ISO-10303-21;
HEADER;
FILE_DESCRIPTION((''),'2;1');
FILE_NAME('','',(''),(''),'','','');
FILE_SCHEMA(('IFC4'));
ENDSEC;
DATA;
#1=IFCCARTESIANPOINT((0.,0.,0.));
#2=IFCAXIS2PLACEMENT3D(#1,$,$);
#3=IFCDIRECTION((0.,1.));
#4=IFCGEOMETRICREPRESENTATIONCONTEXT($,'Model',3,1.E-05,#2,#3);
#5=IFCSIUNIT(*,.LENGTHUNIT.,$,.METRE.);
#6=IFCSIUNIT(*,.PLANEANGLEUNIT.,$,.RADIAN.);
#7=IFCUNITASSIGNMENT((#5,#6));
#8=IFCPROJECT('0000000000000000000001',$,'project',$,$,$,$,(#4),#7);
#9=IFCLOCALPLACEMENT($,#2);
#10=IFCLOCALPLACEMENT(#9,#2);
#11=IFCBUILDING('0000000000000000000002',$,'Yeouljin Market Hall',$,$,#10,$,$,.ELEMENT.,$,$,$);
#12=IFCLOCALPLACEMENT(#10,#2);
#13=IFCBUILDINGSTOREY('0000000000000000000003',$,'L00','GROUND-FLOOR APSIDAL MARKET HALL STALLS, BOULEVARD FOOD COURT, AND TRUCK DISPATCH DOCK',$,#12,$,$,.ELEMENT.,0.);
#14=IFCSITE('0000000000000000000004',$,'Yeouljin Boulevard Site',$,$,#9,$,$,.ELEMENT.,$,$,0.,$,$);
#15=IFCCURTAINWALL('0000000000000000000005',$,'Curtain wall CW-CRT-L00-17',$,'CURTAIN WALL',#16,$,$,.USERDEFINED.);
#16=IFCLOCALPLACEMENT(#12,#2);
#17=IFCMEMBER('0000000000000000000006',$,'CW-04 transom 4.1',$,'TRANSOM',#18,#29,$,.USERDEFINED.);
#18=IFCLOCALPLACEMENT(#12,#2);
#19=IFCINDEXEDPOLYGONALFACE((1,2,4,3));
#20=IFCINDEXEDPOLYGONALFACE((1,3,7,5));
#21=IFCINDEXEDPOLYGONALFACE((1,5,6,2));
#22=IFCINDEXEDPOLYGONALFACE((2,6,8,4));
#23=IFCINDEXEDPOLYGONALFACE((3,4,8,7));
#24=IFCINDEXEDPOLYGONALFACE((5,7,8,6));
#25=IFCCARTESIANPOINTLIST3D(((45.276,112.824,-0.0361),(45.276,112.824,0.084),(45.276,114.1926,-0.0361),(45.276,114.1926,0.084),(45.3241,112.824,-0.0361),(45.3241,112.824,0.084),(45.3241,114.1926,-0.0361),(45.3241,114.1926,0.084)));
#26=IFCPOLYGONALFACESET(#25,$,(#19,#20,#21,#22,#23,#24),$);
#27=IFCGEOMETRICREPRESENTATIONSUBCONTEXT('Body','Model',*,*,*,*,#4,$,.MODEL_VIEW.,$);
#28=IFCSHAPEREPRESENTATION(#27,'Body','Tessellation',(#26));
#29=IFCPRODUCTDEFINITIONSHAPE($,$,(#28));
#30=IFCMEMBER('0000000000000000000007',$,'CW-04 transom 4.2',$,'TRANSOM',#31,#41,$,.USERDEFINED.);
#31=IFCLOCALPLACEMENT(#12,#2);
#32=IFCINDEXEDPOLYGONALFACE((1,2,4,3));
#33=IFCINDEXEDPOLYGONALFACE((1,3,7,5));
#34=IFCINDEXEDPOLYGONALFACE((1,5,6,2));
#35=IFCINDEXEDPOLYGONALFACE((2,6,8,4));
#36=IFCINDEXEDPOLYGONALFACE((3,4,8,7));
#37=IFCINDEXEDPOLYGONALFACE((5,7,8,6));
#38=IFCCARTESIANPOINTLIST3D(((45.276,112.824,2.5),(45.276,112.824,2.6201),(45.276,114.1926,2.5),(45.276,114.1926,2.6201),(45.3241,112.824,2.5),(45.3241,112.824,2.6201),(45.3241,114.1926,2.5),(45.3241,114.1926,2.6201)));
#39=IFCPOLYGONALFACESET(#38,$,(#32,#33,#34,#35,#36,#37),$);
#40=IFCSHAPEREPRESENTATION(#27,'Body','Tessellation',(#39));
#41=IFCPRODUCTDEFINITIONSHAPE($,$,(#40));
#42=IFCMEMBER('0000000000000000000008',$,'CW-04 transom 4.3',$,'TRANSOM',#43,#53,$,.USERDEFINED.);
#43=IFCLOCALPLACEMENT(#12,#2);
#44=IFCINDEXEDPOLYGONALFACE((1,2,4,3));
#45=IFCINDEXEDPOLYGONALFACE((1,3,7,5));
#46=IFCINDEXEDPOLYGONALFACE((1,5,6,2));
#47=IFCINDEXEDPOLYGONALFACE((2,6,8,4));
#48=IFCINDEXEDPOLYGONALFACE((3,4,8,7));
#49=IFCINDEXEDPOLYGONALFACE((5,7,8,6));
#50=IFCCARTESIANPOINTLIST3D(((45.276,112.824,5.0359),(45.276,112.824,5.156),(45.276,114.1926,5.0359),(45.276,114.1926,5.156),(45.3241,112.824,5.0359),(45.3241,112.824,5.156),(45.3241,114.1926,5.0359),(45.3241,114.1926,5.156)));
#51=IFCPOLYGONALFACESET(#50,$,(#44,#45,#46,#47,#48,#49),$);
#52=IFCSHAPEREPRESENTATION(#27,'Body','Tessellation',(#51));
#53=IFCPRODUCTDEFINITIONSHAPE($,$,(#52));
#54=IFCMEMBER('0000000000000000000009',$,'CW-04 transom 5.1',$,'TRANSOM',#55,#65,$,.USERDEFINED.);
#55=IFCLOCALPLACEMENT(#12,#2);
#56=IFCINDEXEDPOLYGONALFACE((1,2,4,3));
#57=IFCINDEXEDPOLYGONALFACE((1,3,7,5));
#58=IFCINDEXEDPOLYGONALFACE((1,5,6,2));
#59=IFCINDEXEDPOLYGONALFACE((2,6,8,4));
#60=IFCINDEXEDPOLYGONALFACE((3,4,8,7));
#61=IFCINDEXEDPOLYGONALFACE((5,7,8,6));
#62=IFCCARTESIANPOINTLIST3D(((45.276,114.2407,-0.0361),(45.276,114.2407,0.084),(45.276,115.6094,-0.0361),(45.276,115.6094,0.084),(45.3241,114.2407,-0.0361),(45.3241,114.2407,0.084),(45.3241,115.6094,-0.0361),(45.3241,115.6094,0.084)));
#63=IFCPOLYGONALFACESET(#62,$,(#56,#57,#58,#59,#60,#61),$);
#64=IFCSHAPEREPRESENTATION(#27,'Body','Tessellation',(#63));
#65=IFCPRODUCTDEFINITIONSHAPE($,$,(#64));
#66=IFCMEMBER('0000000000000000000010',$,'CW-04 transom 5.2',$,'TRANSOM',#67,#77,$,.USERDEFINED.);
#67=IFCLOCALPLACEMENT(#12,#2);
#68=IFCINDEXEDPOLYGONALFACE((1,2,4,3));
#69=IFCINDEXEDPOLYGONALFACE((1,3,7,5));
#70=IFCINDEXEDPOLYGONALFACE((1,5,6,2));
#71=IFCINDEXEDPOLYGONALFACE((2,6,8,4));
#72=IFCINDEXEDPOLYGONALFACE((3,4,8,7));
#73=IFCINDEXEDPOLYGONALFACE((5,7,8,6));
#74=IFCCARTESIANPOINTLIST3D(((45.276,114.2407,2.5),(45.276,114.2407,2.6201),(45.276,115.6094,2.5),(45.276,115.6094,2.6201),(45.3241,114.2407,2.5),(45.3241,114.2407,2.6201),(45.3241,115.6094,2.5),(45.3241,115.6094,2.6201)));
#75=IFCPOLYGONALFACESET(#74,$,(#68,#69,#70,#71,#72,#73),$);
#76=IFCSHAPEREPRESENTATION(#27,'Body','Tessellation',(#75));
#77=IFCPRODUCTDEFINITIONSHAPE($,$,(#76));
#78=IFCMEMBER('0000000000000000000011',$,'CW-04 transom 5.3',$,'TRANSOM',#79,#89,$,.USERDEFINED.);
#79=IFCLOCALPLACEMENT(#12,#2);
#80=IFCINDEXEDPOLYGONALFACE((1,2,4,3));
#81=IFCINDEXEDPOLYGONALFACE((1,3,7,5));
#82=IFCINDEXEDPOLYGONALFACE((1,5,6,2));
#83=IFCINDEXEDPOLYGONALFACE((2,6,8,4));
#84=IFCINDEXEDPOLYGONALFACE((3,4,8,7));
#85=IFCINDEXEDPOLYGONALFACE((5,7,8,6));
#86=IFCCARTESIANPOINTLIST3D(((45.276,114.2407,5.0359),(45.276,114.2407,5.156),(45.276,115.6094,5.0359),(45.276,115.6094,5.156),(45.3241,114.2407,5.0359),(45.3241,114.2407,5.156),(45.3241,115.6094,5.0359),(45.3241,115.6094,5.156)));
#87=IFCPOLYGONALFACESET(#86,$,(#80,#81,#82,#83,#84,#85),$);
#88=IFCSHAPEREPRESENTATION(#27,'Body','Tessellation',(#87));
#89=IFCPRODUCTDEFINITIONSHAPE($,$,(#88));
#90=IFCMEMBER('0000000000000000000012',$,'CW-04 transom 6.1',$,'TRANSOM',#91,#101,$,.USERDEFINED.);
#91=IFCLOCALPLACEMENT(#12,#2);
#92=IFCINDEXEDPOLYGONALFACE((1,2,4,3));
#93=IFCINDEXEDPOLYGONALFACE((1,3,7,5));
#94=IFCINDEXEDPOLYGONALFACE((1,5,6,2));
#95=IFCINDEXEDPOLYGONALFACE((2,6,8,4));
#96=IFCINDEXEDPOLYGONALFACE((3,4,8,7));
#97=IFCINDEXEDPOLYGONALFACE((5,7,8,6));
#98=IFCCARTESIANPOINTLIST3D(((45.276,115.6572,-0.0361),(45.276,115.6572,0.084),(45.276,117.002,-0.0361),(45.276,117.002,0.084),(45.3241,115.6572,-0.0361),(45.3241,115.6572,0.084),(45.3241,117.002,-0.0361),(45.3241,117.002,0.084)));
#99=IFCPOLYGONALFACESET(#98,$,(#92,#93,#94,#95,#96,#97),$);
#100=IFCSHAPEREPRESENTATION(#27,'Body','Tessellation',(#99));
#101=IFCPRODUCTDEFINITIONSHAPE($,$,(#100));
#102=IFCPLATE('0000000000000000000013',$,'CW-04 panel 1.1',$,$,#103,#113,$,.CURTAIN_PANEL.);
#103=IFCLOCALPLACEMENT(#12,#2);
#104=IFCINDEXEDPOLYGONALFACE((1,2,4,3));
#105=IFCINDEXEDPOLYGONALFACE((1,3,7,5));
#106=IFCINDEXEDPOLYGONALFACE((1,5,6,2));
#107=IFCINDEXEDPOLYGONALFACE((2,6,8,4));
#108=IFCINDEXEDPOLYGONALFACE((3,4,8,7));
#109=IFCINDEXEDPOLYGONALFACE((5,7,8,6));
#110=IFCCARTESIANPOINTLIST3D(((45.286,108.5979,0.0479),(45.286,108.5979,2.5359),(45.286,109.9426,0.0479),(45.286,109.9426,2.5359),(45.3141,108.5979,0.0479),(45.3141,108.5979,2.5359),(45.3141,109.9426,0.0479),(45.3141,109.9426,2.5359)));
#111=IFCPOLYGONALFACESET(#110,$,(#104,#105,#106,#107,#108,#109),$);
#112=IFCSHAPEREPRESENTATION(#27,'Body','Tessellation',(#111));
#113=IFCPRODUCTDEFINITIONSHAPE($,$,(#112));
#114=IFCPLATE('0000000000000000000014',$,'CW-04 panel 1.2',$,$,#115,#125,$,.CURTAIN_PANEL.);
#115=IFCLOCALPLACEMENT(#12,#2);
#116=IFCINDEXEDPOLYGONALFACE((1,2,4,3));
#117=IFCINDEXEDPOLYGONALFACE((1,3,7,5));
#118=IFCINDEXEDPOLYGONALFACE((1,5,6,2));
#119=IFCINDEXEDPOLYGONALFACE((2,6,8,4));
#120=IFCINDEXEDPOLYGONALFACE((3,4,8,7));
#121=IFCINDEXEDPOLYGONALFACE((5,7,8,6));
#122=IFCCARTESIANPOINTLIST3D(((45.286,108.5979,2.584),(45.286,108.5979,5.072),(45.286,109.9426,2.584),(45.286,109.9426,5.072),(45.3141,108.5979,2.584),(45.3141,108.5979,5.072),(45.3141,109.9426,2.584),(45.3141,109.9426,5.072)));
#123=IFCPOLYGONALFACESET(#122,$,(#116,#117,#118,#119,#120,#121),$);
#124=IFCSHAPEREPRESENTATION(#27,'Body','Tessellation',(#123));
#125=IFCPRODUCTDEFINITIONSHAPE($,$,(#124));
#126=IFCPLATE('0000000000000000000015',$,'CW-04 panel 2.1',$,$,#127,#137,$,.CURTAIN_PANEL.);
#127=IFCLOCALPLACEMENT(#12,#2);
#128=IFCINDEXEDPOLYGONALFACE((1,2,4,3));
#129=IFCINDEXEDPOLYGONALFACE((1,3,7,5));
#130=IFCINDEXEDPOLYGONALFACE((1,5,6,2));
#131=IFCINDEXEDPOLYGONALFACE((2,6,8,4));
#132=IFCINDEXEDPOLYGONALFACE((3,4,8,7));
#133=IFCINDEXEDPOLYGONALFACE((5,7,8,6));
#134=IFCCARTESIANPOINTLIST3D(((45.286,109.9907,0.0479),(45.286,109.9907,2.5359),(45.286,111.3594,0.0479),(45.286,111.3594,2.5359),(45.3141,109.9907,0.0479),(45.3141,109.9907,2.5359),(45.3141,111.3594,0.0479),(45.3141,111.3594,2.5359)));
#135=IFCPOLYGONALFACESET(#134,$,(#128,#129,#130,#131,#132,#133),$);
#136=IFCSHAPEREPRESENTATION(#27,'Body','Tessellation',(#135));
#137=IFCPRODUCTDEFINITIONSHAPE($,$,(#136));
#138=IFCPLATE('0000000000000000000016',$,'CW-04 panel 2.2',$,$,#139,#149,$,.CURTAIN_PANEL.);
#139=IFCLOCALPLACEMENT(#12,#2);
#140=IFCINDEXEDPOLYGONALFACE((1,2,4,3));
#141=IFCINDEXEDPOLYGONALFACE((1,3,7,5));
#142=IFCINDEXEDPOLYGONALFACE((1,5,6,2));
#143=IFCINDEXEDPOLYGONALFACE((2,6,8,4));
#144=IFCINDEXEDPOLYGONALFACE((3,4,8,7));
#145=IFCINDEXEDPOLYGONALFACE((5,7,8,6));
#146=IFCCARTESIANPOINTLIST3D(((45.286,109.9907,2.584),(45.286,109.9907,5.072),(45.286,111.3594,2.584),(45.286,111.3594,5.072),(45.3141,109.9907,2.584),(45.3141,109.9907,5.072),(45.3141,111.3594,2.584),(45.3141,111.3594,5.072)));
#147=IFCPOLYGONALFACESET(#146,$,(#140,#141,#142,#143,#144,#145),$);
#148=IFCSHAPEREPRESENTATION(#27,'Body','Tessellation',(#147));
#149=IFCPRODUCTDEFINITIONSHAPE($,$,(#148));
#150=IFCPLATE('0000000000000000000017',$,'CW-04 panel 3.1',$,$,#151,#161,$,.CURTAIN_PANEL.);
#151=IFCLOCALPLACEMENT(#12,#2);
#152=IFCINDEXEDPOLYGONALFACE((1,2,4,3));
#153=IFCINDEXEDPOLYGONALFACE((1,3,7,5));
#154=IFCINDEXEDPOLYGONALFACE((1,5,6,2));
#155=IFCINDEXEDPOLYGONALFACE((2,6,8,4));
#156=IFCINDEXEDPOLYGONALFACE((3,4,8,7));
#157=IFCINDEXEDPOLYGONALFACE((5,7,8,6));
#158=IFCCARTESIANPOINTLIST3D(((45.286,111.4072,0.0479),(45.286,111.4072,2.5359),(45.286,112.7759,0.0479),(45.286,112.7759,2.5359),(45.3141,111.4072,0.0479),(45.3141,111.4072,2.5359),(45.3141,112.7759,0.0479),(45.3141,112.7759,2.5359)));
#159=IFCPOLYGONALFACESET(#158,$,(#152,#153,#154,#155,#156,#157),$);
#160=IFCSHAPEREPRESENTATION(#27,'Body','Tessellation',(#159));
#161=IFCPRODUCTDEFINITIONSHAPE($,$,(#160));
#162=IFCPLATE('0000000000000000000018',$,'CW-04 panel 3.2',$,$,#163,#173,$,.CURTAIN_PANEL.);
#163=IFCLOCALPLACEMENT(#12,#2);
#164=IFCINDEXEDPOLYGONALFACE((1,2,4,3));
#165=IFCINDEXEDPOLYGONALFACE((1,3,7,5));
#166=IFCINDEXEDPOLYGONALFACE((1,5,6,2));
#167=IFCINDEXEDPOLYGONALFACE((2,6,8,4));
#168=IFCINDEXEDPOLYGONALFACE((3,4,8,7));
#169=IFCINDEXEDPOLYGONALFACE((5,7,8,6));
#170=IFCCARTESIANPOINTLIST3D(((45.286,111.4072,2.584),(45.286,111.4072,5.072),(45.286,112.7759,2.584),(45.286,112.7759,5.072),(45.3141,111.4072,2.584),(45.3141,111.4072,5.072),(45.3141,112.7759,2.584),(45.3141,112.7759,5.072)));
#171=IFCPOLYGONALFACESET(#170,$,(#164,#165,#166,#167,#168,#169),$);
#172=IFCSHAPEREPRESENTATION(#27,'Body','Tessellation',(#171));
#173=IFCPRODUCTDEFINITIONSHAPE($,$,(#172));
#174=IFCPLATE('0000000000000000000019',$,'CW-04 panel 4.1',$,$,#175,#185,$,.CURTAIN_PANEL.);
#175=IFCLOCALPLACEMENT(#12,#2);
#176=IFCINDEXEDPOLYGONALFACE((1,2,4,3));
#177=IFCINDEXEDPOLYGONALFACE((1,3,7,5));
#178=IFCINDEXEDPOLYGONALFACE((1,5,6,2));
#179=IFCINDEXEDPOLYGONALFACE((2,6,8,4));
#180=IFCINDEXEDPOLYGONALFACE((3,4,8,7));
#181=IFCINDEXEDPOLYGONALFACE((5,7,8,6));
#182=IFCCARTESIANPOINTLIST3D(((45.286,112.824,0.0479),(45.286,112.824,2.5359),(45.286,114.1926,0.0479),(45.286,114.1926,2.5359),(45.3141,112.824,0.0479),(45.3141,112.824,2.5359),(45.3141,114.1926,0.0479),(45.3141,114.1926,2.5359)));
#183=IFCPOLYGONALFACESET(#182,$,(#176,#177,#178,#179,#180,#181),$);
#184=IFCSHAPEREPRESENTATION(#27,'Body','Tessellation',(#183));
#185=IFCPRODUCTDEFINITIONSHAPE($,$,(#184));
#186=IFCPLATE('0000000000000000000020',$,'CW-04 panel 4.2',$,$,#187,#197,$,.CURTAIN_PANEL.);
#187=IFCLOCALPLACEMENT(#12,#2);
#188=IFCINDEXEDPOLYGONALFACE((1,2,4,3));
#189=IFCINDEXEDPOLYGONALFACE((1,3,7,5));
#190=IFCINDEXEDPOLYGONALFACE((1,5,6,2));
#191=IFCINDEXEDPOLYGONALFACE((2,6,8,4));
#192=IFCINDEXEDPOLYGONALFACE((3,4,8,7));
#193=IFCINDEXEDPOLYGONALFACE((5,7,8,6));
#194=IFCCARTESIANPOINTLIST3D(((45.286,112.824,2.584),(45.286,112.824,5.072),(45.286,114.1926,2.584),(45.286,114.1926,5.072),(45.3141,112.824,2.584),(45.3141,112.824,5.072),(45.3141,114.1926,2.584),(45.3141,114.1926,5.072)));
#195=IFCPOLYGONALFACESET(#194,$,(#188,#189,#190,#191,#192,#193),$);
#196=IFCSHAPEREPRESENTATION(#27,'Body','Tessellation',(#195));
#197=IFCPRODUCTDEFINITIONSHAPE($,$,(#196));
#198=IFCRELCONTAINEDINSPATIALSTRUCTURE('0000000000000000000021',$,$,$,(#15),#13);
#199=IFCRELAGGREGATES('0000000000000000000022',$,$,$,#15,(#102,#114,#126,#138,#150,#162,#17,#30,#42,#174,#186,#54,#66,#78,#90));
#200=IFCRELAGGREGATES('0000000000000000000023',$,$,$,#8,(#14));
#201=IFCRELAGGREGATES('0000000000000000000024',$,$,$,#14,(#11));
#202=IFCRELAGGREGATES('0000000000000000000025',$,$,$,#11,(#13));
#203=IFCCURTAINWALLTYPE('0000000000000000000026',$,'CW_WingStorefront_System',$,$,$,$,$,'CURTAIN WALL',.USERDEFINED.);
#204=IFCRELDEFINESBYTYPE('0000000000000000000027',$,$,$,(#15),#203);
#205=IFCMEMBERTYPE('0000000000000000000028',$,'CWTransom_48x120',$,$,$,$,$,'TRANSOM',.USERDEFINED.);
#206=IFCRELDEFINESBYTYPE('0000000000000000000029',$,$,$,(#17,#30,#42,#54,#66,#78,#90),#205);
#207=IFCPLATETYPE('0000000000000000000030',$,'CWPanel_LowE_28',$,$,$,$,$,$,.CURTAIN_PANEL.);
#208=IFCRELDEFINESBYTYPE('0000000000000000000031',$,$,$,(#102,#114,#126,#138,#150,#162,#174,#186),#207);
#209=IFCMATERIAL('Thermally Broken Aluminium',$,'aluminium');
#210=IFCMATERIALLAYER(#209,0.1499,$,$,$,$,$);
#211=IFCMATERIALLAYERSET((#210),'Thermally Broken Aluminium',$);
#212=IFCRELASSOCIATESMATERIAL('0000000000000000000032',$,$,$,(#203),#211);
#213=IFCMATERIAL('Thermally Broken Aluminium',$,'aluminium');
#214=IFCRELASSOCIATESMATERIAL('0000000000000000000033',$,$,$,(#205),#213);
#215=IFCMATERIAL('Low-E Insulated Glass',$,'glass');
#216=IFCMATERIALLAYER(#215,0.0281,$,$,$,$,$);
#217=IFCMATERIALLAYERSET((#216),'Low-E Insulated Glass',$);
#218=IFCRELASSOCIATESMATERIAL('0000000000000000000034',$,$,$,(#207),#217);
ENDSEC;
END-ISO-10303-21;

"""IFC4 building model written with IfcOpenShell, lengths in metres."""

from ifc_helpers import new_model, si_unit, direction, frame, origin, origin_2d, place, context, subcontext, project, spatial, rectangle, extrude, material, layer, layer_set, material_profile, profile_set, type_object, element, aggregate, save


model = new_model("IFC4")

# Units and contexts
model_context = context("Model", 3, precision=1e-05, world=origin(), true_north=direction((0.0, 1.0)))
body_context = subcontext(model_context, "Body", "Model", "MODEL_VIEW")
ifc_project = project(units=[si_unit("LENGTHUNIT", "METRE"), si_unit("PLANEANGLEUNIT", "RADIAN")], contexts=[model_context])

# Site, building, storey
site_placement = place(None, origin())
site = spatial("IfcSite", under=ifc_project, at=site_placement, Name="Yeouljin Boulevard Site", CompositionType="ELEMENT", RefElevation=0.0)
building_placement = place(site_placement, origin())
building = spatial("IfcBuilding", under=site, at=building_placement, Name="Yeouljin Market Hall", CompositionType="ELEMENT")
storey_placement = place(building_placement, origin())
storey = spatial("IfcBuildingStorey", under=building, at=storey_placement, Name="L00", Description="GROUND-FLOOR APSIDAL MARKET HALL STALLS, BOULEVARD FOOD COURT, AND TRUCK DISPATCH DOCK", CompositionType="ELEMENT", Elevation=0.0)

# Curtain wall, members, plates
ifc_material_1 = material(Name="Thermally Broken Aluminium", Category="aluminium")
ifc_layer_1 = layer(ifc_material_1, 0.1499)
ifc_layer_set_1 = layer_set([ifc_layer_1], Name="Thermally Broken Aluminium")
curtain_wall_type = type_object("IfcCurtainWallType", Name="CW_WingStorefront_System", ElementType="CURTAIN WALL", PredefinedType="USERDEFINED", material=ifc_layer_set_1)
curtain_wall_placement = place(storey_placement, origin())
curtain_wall = element("IfcCurtainWall", 1, at=curtain_wall_placement, inside=storey, type_object=curtain_wall_type, Name="Curtain wall CW-CRT-L00-17", ObjectType="CURTAIN WALL", PredefinedType="USERDEFINED")
ifc_material_2 = material(Name="Thermally Broken Aluminium", Category="aluminium")
ifc_material_profile_1 = material_profile(ifc_material_2, rectangle(XDim=0.0481, YDim=0.1201, at=origin_2d()), Name="CW-TRAN-48x120")
ifc_profile_set_1 = profile_set([ifc_material_profile_1], Name="Thermally Broken Aluminium")
member_type_1 = type_object("IfcMemberType", Name="CWTransom_48x120", ElementType="TRANSOM", PredefinedType="USERDEFINED", material=ifc_profile_set_1)
member_1_placement = place(storey_placement, frame((45.3, 112.824, 0.0239), z_axis=(0.0, 1.0, 0.0), x_axis=(-1.0, 0.0, 0.0)))
member_1 = element("IfcMember", 2, at=member_1_placement, type_object=member_type_1, Name="CW-04 transom 4.1", ObjectType="TRANSOM", PredefinedType="USERDEFINED", context=body_context, shape_type="SweptSolid", body=[
    extrude(rectangle(XDim=0.0481, YDim=0.1201, at=origin_2d()), origin(), (0.0, 0.0, 1.0), 1.3687),
])
member_2_placement = place(storey_placement, frame((45.3, 112.824, 2.5601), z_axis=(0.0, 1.0, 0.0), x_axis=(-1.0, 0.0, 0.0)))
member_2 = element("IfcMember", 3, at=member_2_placement, type_object=member_type_1, Name="CW-04 transom 4.2", ObjectType="TRANSOM", PredefinedType="USERDEFINED", context=body_context, shape_type="SweptSolid", body=[
    extrude(rectangle(XDim=0.0481, YDim=0.1201, at=origin_2d()), origin(), (0.0, 0.0, 1.0), 1.3687),
])
member_3_placement = place(storey_placement, frame((45.3, 112.824, 5.0959), z_axis=(0.0, 1.0, 0.0), x_axis=(-1.0, 0.0, 0.0)))
member_3 = element("IfcMember", 4, at=member_3_placement, type_object=member_type_1, Name="CW-04 transom 4.3", ObjectType="TRANSOM", PredefinedType="USERDEFINED", context=body_context, shape_type="SweptSolid", body=[
    extrude(rectangle(XDim=0.0481, YDim=0.1201, at=origin_2d()), origin(), (0.0, 0.0, 1.0), 1.3687),
])
member_4_placement = place(storey_placement, frame((45.3, 114.2407, 0.0239), z_axis=(0.0, 1.0, 0.0), x_axis=(-1.0, 0.0, 0.0)))
member_4 = element("IfcMember", 5, at=member_4_placement, type_object=member_type_1, Name="CW-04 transom 5.1", ObjectType="TRANSOM", PredefinedType="USERDEFINED", context=body_context, shape_type="SweptSolid", body=[
    extrude(rectangle(XDim=0.0481, YDim=0.1201, at=origin_2d()), origin(), (0.0, 0.0, 1.0), 1.3687),
])
member_5_placement = place(storey_placement, frame((45.3, 114.2407, 2.5601), z_axis=(0.0, 1.0, 0.0), x_axis=(-1.0, 0.0, 0.0)))
member_5 = element("IfcMember", 6, at=member_5_placement, type_object=member_type_1, Name="CW-04 transom 5.2", ObjectType="TRANSOM", PredefinedType="USERDEFINED", context=body_context, shape_type="SweptSolid", body=[
    extrude(rectangle(XDim=0.0481, YDim=0.1201, at=origin_2d()), origin(), (0.0, 0.0, 1.0), 1.3687),
])
member_6_placement = place(storey_placement, frame((45.3, 114.2407, 5.0959), z_axis=(0.0, 1.0, 0.0), x_axis=(-1.0, 0.0, 0.0)))
member_6 = element("IfcMember", 7, at=member_6_placement, type_object=member_type_1, Name="CW-04 transom 5.3", ObjectType="TRANSOM", PredefinedType="USERDEFINED", context=body_context, shape_type="SweptSolid", body=[
    extrude(rectangle(XDim=0.0481, YDim=0.1201, at=origin_2d()), origin(), (0.0, 0.0, 1.0), 1.3687),
])
member_7_placement = place(storey_placement, frame((45.3, 115.6572, 0.0239), z_axis=(0.0, 1.0, 0.0), x_axis=(-1.0, 0.0, 0.0)))
member_7 = element("IfcMember", 8, at=member_7_placement, type_object=member_type_1, Name="CW-04 transom 6.1", ObjectType="TRANSOM", PredefinedType="USERDEFINED", context=body_context, shape_type="SweptSolid", body=[
    extrude(rectangle(XDim=0.0481, YDim=0.1201, at=origin_2d()), origin(), (0.0, 0.0, 1.0), 1.3447),
])
ifc_material_3 = material(Name="Low-E Insulated Glass", Category="glass")
ifc_layer_2 = layer(ifc_material_3, 0.0281)
ifc_layer_set_2 = layer_set([ifc_layer_2], Name="Low-E Insulated Glass")
plate_type = type_object("IfcPlateType", Name="CWPanel_LowE_28", PredefinedType="CURTAIN_PANEL", material=ifc_layer_set_2)
plate_1_placement = place(storey_placement, frame((45.3, 109.2703, 0.0479), z_axis=(0.0, 0.0, 1.0), x_axis=(0.0, 1.0, 0.0)))
plate_1 = element("IfcPlate", 9, at=plate_1_placement, type_object=plate_type, Name="CW-04 panel 1.1", PredefinedType="CURTAIN_PANEL", context=body_context, shape_type="SweptSolid", body=[
    extrude(rectangle(XDim=1.3447, YDim=0.0281, at=origin_2d()), origin(), (0.0, 0.0, 1.0), 2.488),
])
plate_2_placement = place(storey_placement, frame((45.3, 109.2703, 2.584), z_axis=(0.0, 0.0, 1.0), x_axis=(0.0, 1.0, 0.0)))
plate_2 = element("IfcPlate", 10, at=plate_2_placement, type_object=plate_type, Name="CW-04 panel 1.2", PredefinedType="CURTAIN_PANEL", context=body_context, shape_type="SweptSolid", body=[
    extrude(rectangle(XDim=1.3447, YDim=0.0281, at=origin_2d()), origin(), (0.0, 0.0, 1.0), 2.488),
])
plate_3_placement = place(storey_placement, frame((45.3, 110.675, 0.0479), z_axis=(0.0, 0.0, 1.0), x_axis=(0.0, 1.0, 0.0)))
plate_3 = element("IfcPlate", 11, at=plate_3_placement, type_object=plate_type, Name="CW-04 panel 2.1", PredefinedType="CURTAIN_PANEL", context=body_context, shape_type="SweptSolid", body=[
    extrude(rectangle(XDim=1.3687, YDim=0.0281, at=origin_2d()), origin(), (0.0, 0.0, 1.0), 2.488),
])
plate_4_placement = place(storey_placement, frame((45.3, 110.675, 2.584), z_axis=(0.0, 0.0, 1.0), x_axis=(0.0, 1.0, 0.0)))
plate_4 = element("IfcPlate", 12, at=plate_4_placement, type_object=plate_type, Name="CW-04 panel 2.2", PredefinedType="CURTAIN_PANEL", context=body_context, shape_type="SweptSolid", body=[
    extrude(rectangle(XDim=1.3687, YDim=0.0281, at=origin_2d()), origin(), (0.0, 0.0, 1.0), 2.488),
])
plate_5_placement = place(storey_placement, frame((45.3, 112.0916, 0.0479), z_axis=(0.0, 0.0, 1.0), x_axis=(0.0, 1.0, 0.0)))
plate_5 = element("IfcPlate", 13, at=plate_5_placement, type_object=plate_type, Name="CW-04 panel 3.1", PredefinedType="CURTAIN_PANEL", context=body_context, shape_type="SweptSolid", body=[
    extrude(rectangle(XDim=1.3687, YDim=0.0281, at=origin_2d()), origin(), (0.0, 0.0, 1.0), 2.488),
])
plate_6_placement = place(storey_placement, frame((45.3, 112.0916, 2.584), z_axis=(0.0, 0.0, 1.0), x_axis=(0.0, 1.0, 0.0)))
plate_6 = element("IfcPlate", 14, at=plate_6_placement, type_object=plate_type, Name="CW-04 panel 3.2", PredefinedType="CURTAIN_PANEL", context=body_context, shape_type="SweptSolid", body=[
    extrude(rectangle(XDim=1.3687, YDim=0.0281, at=origin_2d()), origin(), (0.0, 0.0, 1.0), 2.488),
])
plate_7_placement = place(storey_placement, frame((45.3, 113.5083, 0.0479), z_axis=(0.0, 0.0, 1.0), x_axis=(0.0, 1.0, 0.0)))
plate_7 = element("IfcPlate", 15, at=plate_7_placement, type_object=plate_type, Name="CW-04 panel 4.1", PredefinedType="CURTAIN_PANEL", context=body_context, shape_type="SweptSolid", body=[
    extrude(rectangle(XDim=1.3687, YDim=0.0281, at=origin_2d()), origin(), (0.0, 0.0, 1.0), 2.488),
])
plate_8_placement = place(storey_placement, frame((45.3, 113.5083, 2.584), z_axis=(0.0, 0.0, 1.0), x_axis=(0.0, 1.0, 0.0)))
plate_8 = element("IfcPlate", 16, at=plate_8_placement, type_object=plate_type, Name="CW-04 panel 4.2", PredefinedType="CURTAIN_PANEL", context=body_context, shape_type="SweptSolid", body=[
    extrude(rectangle(XDim=1.3687, YDim=0.0281, at=origin_2d()), origin(), (0.0, 0.0, 1.0), 2.488),
])
aggregate(curtain_wall, [plate_1, plate_2, plate_3, plate_4, plate_5, plate_6, member_1, member_2, member_3, plate_7, plate_8, member_4, member_5, member_6, member_7])

save(model, "model.ifc")
